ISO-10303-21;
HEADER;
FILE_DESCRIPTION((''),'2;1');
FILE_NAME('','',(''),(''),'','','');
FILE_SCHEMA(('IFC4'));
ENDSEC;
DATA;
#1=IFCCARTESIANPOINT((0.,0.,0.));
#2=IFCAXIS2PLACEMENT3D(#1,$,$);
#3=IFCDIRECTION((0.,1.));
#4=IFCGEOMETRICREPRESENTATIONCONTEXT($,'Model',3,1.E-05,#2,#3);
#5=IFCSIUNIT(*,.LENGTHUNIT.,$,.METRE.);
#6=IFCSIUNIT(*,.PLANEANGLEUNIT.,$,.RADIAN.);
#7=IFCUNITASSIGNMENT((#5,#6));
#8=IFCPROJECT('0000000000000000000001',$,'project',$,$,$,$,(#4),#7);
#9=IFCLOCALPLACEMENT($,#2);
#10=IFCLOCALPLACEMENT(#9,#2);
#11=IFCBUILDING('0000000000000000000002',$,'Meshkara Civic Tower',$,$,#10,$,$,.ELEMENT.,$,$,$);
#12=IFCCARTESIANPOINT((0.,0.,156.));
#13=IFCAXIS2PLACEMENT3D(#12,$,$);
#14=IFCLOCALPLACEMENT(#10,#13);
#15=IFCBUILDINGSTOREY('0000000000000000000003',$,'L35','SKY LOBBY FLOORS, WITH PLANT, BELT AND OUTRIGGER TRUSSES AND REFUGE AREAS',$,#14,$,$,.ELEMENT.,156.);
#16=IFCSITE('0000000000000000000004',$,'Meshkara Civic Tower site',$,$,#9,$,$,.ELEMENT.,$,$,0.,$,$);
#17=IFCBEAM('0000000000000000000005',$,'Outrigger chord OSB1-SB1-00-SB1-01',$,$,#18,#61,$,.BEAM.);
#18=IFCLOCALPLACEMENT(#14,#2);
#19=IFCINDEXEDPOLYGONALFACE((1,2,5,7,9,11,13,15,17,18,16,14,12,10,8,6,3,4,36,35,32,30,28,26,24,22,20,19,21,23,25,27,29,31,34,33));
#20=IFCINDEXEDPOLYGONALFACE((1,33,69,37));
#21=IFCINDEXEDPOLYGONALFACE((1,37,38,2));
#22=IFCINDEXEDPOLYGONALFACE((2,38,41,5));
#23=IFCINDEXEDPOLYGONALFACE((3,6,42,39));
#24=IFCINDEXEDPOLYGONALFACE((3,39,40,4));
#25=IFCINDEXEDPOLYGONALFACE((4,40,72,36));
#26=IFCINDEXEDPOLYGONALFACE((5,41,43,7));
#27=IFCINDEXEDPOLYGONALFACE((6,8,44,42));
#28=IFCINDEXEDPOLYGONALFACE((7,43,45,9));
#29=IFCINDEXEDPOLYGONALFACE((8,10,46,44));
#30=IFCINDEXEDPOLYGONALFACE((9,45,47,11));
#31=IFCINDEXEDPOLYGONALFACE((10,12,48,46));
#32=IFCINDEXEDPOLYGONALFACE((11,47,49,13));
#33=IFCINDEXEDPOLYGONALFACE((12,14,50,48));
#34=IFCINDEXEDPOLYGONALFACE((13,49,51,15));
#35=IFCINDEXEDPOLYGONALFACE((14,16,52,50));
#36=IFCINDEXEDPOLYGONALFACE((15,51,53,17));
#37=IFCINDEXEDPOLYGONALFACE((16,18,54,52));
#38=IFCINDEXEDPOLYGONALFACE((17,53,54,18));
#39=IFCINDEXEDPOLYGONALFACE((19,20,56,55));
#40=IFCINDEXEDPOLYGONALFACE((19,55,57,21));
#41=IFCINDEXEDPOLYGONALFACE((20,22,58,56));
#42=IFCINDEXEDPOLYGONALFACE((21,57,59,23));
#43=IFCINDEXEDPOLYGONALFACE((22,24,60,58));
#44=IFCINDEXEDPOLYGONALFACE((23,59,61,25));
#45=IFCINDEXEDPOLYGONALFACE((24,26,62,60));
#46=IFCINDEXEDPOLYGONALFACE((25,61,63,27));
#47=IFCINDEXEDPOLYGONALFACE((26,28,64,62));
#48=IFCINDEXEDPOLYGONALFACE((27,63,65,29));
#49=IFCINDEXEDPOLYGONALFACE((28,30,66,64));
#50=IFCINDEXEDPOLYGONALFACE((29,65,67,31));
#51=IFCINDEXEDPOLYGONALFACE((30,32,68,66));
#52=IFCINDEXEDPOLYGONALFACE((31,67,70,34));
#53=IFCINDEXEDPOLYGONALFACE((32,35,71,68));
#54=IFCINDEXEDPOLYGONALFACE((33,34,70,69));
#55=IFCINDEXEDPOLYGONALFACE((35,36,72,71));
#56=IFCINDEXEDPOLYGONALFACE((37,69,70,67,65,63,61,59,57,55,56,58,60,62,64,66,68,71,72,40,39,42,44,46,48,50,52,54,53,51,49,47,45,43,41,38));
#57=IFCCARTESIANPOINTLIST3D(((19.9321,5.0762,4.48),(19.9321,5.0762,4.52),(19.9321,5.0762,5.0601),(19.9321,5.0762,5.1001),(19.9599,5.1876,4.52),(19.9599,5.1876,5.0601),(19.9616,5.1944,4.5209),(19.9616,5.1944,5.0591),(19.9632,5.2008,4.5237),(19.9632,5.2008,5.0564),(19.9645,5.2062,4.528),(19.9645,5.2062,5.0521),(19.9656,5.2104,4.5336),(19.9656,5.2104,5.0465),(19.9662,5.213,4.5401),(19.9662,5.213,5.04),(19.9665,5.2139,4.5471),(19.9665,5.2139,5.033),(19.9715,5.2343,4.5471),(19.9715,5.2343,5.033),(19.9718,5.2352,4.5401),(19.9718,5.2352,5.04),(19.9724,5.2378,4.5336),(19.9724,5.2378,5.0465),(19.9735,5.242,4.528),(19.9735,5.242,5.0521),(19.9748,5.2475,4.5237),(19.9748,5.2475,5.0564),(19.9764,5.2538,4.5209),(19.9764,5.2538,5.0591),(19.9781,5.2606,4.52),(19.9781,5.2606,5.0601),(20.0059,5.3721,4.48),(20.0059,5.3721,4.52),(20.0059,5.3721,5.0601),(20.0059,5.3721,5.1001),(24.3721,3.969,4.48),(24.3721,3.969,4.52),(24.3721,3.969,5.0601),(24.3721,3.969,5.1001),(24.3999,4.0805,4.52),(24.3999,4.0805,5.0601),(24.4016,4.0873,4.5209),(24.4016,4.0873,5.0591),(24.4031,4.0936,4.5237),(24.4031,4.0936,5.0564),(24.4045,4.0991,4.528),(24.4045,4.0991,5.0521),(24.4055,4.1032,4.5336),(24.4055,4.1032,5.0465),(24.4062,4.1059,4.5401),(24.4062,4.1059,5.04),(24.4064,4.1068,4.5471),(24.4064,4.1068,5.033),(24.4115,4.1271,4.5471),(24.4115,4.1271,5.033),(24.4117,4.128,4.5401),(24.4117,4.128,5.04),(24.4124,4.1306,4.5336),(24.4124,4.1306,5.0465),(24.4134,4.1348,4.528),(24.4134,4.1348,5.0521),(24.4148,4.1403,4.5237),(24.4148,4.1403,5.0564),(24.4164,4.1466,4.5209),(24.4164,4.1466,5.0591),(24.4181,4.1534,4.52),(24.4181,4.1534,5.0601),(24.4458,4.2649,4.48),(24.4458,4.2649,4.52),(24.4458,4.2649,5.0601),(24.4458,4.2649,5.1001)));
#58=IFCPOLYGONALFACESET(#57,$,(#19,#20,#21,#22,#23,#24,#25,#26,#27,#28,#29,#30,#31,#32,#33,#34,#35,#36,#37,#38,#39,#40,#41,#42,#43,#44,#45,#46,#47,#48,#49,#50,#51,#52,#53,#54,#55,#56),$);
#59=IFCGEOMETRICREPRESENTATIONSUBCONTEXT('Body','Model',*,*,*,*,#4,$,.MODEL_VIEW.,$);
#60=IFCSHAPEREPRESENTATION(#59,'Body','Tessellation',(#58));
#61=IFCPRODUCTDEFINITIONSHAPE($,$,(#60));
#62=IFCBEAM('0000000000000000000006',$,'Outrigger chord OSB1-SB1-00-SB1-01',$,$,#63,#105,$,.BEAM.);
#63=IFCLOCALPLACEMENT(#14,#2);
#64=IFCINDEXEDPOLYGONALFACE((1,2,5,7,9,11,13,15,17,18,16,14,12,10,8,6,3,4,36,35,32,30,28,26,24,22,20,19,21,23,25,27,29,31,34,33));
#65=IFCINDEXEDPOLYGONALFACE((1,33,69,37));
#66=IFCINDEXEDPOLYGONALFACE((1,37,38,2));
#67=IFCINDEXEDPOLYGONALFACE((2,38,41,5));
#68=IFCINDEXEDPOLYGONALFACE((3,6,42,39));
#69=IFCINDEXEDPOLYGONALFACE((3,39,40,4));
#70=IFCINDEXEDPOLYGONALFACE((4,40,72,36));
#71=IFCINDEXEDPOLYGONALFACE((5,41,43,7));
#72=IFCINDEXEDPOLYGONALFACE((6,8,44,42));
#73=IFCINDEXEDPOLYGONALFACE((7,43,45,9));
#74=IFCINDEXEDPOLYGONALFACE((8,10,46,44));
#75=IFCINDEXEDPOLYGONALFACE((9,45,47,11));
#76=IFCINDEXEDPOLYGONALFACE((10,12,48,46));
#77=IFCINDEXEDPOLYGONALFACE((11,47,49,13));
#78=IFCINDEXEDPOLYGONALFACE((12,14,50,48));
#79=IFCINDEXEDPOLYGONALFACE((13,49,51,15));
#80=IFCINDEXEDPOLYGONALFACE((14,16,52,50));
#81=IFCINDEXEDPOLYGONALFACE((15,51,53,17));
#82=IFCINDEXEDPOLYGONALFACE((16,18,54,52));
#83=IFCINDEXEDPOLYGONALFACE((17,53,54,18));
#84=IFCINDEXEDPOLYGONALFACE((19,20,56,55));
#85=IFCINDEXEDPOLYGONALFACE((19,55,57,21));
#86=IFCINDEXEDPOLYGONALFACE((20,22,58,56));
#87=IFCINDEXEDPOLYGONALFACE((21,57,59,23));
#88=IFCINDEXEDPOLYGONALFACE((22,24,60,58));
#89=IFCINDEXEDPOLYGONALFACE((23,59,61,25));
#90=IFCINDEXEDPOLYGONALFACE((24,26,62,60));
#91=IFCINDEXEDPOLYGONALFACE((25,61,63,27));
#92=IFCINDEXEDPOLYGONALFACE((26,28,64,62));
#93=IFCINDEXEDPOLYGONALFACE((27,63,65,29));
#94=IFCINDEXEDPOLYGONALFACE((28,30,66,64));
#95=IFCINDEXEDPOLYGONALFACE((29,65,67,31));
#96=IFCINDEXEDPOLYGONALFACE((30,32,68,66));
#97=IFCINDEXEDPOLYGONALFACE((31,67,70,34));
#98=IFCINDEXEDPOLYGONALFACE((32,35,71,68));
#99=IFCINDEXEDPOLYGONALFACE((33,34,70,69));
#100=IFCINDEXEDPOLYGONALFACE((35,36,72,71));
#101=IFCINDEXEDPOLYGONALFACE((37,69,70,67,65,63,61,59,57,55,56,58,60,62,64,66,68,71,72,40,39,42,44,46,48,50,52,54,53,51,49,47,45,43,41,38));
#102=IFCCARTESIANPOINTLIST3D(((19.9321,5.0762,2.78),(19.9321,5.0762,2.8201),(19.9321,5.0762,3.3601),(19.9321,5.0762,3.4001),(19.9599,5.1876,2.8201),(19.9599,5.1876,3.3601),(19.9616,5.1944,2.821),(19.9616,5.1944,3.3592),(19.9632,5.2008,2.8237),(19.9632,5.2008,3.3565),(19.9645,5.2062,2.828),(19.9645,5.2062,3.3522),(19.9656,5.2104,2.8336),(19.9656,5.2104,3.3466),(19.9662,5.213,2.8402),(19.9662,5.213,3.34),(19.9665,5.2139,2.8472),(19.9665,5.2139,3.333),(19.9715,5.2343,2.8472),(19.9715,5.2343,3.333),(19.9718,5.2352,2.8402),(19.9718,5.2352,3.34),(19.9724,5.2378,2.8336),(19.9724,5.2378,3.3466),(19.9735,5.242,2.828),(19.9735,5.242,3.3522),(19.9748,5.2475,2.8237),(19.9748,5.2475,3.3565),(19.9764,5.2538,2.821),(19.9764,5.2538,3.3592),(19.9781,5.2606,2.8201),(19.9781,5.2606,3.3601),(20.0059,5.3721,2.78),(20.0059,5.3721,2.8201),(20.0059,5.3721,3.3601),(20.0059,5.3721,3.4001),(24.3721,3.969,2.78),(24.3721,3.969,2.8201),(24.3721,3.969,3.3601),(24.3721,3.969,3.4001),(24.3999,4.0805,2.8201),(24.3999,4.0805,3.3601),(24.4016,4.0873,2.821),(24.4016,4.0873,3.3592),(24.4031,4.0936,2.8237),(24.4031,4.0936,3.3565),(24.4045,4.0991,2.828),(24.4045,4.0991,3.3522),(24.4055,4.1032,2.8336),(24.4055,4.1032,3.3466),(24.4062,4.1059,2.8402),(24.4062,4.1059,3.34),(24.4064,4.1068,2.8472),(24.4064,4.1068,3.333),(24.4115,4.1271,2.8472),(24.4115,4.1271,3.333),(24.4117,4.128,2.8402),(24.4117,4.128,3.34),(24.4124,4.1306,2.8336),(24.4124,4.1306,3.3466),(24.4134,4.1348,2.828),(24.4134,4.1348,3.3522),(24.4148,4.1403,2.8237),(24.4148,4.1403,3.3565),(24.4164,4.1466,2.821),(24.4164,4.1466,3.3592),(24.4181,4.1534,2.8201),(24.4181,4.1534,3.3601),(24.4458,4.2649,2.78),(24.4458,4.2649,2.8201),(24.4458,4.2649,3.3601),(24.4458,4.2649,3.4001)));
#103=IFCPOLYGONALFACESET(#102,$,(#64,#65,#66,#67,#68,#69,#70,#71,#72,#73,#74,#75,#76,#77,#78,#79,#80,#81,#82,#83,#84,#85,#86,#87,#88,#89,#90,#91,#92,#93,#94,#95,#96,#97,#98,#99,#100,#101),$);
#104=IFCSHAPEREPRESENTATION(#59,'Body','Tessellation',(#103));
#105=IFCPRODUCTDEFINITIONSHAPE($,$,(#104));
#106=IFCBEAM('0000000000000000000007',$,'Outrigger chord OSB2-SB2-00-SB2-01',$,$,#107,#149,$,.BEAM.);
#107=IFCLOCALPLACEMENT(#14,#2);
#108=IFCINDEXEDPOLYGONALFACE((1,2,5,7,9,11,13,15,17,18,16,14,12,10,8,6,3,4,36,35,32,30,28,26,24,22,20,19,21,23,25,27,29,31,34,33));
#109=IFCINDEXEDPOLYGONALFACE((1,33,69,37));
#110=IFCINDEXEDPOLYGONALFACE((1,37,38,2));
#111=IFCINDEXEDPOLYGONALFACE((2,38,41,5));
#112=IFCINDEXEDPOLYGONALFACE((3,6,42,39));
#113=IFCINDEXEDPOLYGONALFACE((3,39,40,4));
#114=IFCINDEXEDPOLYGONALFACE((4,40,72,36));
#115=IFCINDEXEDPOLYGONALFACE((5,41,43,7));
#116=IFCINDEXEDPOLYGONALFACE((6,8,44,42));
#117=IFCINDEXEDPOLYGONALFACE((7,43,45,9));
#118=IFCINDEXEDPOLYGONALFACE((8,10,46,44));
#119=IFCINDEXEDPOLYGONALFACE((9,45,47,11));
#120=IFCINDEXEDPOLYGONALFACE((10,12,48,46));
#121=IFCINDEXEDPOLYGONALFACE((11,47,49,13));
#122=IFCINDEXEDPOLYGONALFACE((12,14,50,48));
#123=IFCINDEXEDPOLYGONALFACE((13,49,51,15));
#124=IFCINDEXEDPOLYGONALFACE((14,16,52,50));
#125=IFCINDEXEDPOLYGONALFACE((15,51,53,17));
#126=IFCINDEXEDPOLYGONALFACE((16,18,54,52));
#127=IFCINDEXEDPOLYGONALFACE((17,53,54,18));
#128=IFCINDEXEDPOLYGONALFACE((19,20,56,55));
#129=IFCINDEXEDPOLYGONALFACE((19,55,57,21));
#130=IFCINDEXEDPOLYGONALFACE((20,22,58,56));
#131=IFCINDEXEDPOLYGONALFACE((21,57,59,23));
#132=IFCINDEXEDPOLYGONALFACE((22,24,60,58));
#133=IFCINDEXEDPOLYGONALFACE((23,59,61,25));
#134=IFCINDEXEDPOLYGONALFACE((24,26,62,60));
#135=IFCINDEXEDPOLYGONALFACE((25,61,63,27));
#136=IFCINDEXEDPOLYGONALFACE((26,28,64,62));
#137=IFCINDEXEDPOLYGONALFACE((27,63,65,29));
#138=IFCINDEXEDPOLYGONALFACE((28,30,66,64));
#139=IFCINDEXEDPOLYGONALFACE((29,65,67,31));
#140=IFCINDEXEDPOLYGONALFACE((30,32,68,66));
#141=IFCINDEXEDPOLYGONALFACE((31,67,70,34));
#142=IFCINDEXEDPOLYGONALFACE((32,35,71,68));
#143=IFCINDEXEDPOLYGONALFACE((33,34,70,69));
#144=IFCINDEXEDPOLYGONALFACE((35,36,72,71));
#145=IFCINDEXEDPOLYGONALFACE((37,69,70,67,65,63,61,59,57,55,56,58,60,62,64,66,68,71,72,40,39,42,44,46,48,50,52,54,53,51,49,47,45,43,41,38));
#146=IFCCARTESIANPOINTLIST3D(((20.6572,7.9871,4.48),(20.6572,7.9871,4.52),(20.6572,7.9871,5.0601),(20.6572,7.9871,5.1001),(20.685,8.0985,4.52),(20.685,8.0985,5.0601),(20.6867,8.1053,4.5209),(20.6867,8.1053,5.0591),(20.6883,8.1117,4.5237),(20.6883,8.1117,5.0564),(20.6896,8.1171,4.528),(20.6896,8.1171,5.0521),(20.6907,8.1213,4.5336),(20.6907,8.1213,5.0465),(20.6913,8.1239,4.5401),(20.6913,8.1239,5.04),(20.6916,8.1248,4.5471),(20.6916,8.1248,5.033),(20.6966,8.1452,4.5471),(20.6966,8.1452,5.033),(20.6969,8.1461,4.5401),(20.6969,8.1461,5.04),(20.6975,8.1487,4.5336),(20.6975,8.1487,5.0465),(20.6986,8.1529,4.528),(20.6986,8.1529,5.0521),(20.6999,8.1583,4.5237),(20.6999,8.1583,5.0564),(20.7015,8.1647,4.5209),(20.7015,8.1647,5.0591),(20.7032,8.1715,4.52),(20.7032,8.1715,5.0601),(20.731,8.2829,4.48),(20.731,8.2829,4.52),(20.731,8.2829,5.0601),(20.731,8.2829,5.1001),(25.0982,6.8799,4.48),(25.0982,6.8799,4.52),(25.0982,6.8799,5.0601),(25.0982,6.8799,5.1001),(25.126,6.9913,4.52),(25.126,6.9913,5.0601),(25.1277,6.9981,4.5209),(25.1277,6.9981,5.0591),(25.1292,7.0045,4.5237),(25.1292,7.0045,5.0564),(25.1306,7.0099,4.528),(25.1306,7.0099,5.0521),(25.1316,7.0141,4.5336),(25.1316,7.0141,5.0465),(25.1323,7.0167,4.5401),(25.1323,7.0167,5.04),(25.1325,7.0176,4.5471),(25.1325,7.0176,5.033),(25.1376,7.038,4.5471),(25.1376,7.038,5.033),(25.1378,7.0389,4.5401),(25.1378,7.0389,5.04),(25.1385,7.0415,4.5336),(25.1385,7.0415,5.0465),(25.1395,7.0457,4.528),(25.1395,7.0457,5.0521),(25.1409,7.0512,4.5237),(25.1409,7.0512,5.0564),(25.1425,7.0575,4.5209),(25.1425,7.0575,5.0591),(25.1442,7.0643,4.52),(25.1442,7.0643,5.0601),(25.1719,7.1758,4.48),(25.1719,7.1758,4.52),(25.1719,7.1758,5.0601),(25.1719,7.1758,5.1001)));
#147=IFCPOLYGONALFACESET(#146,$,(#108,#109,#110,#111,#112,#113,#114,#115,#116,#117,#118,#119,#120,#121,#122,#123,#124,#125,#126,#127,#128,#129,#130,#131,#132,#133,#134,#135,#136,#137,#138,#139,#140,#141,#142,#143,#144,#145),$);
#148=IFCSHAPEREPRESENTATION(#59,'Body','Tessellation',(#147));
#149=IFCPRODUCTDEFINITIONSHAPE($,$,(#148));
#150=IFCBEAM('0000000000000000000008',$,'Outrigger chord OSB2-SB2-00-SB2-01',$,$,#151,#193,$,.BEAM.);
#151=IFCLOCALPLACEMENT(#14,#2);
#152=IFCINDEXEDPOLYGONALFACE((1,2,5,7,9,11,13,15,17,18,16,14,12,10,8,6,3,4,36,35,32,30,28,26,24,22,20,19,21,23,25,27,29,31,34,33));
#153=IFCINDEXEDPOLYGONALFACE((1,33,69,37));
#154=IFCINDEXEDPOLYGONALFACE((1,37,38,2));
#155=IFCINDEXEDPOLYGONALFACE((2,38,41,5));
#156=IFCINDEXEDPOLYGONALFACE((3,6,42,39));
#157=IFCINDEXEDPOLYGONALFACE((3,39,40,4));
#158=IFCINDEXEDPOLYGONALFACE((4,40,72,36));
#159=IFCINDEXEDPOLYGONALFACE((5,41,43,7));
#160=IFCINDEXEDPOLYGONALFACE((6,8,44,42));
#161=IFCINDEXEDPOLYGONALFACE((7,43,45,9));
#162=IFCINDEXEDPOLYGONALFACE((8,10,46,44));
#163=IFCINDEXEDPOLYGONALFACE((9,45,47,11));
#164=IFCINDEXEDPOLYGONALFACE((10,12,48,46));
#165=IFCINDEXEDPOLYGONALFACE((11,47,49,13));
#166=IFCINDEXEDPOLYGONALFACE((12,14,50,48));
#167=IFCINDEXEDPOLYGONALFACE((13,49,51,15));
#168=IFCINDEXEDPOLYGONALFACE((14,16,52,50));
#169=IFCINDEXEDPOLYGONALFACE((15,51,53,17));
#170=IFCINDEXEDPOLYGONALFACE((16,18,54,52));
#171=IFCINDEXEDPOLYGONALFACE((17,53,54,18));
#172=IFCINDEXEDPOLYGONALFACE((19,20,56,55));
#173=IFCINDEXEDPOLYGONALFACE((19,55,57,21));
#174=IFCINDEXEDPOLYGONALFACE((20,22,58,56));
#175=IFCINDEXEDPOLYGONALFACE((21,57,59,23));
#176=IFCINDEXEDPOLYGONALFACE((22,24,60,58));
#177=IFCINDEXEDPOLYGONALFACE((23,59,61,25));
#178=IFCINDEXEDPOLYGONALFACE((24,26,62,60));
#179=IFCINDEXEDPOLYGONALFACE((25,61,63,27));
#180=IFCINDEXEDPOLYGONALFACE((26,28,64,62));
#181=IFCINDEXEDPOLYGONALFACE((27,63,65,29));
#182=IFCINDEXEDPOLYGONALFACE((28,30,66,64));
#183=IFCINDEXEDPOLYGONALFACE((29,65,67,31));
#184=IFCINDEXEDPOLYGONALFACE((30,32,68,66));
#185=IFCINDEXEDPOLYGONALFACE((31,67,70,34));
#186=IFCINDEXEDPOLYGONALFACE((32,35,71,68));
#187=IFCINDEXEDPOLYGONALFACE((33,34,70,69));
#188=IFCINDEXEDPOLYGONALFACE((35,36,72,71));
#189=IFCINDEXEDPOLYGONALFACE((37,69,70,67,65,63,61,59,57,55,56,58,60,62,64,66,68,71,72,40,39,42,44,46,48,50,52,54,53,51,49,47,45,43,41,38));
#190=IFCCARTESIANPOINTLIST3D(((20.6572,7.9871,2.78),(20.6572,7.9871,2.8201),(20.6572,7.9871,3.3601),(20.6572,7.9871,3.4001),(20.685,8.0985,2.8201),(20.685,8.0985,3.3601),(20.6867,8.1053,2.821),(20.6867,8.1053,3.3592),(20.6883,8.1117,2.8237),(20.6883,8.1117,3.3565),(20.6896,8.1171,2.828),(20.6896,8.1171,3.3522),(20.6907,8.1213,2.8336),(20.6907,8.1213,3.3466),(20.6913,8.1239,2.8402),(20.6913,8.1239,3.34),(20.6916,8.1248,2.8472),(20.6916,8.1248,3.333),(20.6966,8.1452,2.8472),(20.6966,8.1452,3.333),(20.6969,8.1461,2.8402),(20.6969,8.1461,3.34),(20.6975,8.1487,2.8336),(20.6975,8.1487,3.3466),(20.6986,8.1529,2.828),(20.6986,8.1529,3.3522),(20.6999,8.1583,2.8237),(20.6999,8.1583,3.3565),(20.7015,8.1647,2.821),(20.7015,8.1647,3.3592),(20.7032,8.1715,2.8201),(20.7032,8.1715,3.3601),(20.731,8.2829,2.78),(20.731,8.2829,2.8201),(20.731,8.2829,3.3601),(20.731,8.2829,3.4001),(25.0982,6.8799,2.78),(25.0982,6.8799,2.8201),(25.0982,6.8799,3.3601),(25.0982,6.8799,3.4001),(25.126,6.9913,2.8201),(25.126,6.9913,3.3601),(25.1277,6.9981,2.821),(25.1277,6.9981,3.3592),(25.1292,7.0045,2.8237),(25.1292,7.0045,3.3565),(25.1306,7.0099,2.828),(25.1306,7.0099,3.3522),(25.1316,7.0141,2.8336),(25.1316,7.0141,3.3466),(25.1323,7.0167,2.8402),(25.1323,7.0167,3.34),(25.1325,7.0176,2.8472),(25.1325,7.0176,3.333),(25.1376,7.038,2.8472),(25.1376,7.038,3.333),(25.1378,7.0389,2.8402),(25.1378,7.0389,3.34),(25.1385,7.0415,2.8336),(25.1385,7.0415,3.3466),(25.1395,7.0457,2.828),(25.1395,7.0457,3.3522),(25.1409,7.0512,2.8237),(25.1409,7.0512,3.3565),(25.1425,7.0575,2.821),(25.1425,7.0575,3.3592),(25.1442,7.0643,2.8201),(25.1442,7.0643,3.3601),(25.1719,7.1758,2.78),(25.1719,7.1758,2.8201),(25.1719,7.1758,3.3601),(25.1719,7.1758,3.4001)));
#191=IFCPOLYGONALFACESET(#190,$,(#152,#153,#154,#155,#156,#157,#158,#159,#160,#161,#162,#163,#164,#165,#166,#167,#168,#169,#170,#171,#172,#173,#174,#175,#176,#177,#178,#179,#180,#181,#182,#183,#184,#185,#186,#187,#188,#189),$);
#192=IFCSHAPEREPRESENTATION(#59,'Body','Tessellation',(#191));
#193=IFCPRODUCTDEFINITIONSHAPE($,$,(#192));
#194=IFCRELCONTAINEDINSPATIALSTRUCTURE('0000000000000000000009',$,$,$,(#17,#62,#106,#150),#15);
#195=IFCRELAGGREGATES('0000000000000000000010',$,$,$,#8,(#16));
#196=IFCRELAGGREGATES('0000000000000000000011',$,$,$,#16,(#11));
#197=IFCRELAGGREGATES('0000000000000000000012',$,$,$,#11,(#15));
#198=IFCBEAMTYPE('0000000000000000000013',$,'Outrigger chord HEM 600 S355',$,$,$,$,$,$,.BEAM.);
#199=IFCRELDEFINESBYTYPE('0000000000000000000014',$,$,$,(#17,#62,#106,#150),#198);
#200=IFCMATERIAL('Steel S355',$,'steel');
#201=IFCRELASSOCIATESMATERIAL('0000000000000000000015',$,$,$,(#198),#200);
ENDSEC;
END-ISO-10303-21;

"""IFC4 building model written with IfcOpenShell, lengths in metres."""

from ifc_helpers import new_model, si_unit, direction, frame, origin, origin_2d, place, context, subcontext, project, spatial, i_section, extrude, material, material_profile, profile_set, type_object, element, save


model = new_model("IFC4")

# Units and contexts
model_context = context("Model", 3, precision=1e-05, world=origin(), true_north=direction((0.0, 1.0)))
body_context = subcontext(model_context, "Body", "Model", "MODEL_VIEW")
ifc_project = project(units=[si_unit("LENGTHUNIT", "METRE"), si_unit("PLANEANGLEUNIT", "RADIAN")], contexts=[model_context])

# Site, building, storey
site_placement = place(None, origin())
site = spatial("IfcSite", under=ifc_project, at=site_placement, Name="Meshkara Civic Tower site", CompositionType="ELEMENT", RefElevation=0.0)
building_placement = place(site_placement, origin())
building = spatial("IfcBuilding", under=site, at=building_placement, Name="Meshkara Civic Tower", CompositionType="ELEMENT")
storey_placement = place(building_placement, frame((0.0, 0.0, 156.0)))
storey = spatial("IfcBuildingStorey", under=building, at=storey_placement, Name="L35", Description="SKY LOBBY FLOORS, WITH PLANT, BELT AND OUTRIGGER TRUSSES AND REFUGE AREAS", CompositionType="ELEMENT", Elevation=156.0)

# Beams
ifc_material_1 = material(Name="Steel S355", Category="steel")
ifc_material_profile_1 = material_profile(ifc_material_1, i_section(OverallWidth=0.3049, OverallDepth=0.6201, WebThickness=0.021, FlangeThickness=0.04, FilletRadius=0.0271, at=origin_2d()))
ifc_profile_set_1 = profile_set([ifc_material_profile_1], Name="Steel S355")
beam_type_1 = type_object("IfcBeamType", Name="Outrigger chord HEM 600 S355", PredefinedType="BEAM", material=ifc_profile_set_1)
for number, where, z_axis, x_axis, name in (
    (1, (19.969, 5.2241, 4.79), (0.970287, -0.241958, 0.0), (0.241958, 0.970287, 0.0), "Outrigger chord OSB1-SB1-00-SB1-01"),
    (2, (19.969, 5.2241, 3.0901), (0.970287, -0.241958, 0.0), (0.241958, 0.970287, 0.0), "Outrigger chord OSB1-SB1-00-SB1-01"),
):
    element("IfcBeam", number, at=place(storey_placement, frame(where, z_axis=z_axis, x_axis=x_axis)), inside=storey, type_object=beam_type_1, Name=name, PredefinedType="BEAM", context=body_context, shape_type="SweptSolid", body=[
        extrude(i_section(OverallWidth=0.3049, OverallDepth=0.6201, WebThickness=0.021, FlangeThickness=0.04, FilletRadius=0.0271, at=origin_2d()), origin(), (0.0, 0.0, 1.0), 4.5759),
    ])
for number, where, z_axis, x_axis, name in (
    (3, (20.6941, 8.135, 4.79), (0.970299, -0.241908, 0.0), (0.241908, 0.970299, 0.0), "Outrigger chord OSB2-SB2-00-SB2-01"),
    (4, (20.6941, 8.135, 3.0901), (0.970299, -0.241908, 0.0), (0.241908, 0.970299, 0.0), "Outrigger chord OSB2-SB2-00-SB2-01"),
):
    element("IfcBeam", number, at=place(storey_placement, frame(where, z_axis=z_axis, x_axis=x_axis)), inside=storey, type_object=beam_type_1, Name=name, PredefinedType="BEAM", context=body_context, shape_type="SweptSolid", body=[
        extrude(i_section(OverallWidth=0.3049, OverallDepth=0.6201, WebThickness=0.021, FlangeThickness=0.04, FilletRadius=0.0271, at=origin_2d()), origin(), (0.0, 0.0, 1.0), 4.5769),
    ])

save(model, "model.ifc")
